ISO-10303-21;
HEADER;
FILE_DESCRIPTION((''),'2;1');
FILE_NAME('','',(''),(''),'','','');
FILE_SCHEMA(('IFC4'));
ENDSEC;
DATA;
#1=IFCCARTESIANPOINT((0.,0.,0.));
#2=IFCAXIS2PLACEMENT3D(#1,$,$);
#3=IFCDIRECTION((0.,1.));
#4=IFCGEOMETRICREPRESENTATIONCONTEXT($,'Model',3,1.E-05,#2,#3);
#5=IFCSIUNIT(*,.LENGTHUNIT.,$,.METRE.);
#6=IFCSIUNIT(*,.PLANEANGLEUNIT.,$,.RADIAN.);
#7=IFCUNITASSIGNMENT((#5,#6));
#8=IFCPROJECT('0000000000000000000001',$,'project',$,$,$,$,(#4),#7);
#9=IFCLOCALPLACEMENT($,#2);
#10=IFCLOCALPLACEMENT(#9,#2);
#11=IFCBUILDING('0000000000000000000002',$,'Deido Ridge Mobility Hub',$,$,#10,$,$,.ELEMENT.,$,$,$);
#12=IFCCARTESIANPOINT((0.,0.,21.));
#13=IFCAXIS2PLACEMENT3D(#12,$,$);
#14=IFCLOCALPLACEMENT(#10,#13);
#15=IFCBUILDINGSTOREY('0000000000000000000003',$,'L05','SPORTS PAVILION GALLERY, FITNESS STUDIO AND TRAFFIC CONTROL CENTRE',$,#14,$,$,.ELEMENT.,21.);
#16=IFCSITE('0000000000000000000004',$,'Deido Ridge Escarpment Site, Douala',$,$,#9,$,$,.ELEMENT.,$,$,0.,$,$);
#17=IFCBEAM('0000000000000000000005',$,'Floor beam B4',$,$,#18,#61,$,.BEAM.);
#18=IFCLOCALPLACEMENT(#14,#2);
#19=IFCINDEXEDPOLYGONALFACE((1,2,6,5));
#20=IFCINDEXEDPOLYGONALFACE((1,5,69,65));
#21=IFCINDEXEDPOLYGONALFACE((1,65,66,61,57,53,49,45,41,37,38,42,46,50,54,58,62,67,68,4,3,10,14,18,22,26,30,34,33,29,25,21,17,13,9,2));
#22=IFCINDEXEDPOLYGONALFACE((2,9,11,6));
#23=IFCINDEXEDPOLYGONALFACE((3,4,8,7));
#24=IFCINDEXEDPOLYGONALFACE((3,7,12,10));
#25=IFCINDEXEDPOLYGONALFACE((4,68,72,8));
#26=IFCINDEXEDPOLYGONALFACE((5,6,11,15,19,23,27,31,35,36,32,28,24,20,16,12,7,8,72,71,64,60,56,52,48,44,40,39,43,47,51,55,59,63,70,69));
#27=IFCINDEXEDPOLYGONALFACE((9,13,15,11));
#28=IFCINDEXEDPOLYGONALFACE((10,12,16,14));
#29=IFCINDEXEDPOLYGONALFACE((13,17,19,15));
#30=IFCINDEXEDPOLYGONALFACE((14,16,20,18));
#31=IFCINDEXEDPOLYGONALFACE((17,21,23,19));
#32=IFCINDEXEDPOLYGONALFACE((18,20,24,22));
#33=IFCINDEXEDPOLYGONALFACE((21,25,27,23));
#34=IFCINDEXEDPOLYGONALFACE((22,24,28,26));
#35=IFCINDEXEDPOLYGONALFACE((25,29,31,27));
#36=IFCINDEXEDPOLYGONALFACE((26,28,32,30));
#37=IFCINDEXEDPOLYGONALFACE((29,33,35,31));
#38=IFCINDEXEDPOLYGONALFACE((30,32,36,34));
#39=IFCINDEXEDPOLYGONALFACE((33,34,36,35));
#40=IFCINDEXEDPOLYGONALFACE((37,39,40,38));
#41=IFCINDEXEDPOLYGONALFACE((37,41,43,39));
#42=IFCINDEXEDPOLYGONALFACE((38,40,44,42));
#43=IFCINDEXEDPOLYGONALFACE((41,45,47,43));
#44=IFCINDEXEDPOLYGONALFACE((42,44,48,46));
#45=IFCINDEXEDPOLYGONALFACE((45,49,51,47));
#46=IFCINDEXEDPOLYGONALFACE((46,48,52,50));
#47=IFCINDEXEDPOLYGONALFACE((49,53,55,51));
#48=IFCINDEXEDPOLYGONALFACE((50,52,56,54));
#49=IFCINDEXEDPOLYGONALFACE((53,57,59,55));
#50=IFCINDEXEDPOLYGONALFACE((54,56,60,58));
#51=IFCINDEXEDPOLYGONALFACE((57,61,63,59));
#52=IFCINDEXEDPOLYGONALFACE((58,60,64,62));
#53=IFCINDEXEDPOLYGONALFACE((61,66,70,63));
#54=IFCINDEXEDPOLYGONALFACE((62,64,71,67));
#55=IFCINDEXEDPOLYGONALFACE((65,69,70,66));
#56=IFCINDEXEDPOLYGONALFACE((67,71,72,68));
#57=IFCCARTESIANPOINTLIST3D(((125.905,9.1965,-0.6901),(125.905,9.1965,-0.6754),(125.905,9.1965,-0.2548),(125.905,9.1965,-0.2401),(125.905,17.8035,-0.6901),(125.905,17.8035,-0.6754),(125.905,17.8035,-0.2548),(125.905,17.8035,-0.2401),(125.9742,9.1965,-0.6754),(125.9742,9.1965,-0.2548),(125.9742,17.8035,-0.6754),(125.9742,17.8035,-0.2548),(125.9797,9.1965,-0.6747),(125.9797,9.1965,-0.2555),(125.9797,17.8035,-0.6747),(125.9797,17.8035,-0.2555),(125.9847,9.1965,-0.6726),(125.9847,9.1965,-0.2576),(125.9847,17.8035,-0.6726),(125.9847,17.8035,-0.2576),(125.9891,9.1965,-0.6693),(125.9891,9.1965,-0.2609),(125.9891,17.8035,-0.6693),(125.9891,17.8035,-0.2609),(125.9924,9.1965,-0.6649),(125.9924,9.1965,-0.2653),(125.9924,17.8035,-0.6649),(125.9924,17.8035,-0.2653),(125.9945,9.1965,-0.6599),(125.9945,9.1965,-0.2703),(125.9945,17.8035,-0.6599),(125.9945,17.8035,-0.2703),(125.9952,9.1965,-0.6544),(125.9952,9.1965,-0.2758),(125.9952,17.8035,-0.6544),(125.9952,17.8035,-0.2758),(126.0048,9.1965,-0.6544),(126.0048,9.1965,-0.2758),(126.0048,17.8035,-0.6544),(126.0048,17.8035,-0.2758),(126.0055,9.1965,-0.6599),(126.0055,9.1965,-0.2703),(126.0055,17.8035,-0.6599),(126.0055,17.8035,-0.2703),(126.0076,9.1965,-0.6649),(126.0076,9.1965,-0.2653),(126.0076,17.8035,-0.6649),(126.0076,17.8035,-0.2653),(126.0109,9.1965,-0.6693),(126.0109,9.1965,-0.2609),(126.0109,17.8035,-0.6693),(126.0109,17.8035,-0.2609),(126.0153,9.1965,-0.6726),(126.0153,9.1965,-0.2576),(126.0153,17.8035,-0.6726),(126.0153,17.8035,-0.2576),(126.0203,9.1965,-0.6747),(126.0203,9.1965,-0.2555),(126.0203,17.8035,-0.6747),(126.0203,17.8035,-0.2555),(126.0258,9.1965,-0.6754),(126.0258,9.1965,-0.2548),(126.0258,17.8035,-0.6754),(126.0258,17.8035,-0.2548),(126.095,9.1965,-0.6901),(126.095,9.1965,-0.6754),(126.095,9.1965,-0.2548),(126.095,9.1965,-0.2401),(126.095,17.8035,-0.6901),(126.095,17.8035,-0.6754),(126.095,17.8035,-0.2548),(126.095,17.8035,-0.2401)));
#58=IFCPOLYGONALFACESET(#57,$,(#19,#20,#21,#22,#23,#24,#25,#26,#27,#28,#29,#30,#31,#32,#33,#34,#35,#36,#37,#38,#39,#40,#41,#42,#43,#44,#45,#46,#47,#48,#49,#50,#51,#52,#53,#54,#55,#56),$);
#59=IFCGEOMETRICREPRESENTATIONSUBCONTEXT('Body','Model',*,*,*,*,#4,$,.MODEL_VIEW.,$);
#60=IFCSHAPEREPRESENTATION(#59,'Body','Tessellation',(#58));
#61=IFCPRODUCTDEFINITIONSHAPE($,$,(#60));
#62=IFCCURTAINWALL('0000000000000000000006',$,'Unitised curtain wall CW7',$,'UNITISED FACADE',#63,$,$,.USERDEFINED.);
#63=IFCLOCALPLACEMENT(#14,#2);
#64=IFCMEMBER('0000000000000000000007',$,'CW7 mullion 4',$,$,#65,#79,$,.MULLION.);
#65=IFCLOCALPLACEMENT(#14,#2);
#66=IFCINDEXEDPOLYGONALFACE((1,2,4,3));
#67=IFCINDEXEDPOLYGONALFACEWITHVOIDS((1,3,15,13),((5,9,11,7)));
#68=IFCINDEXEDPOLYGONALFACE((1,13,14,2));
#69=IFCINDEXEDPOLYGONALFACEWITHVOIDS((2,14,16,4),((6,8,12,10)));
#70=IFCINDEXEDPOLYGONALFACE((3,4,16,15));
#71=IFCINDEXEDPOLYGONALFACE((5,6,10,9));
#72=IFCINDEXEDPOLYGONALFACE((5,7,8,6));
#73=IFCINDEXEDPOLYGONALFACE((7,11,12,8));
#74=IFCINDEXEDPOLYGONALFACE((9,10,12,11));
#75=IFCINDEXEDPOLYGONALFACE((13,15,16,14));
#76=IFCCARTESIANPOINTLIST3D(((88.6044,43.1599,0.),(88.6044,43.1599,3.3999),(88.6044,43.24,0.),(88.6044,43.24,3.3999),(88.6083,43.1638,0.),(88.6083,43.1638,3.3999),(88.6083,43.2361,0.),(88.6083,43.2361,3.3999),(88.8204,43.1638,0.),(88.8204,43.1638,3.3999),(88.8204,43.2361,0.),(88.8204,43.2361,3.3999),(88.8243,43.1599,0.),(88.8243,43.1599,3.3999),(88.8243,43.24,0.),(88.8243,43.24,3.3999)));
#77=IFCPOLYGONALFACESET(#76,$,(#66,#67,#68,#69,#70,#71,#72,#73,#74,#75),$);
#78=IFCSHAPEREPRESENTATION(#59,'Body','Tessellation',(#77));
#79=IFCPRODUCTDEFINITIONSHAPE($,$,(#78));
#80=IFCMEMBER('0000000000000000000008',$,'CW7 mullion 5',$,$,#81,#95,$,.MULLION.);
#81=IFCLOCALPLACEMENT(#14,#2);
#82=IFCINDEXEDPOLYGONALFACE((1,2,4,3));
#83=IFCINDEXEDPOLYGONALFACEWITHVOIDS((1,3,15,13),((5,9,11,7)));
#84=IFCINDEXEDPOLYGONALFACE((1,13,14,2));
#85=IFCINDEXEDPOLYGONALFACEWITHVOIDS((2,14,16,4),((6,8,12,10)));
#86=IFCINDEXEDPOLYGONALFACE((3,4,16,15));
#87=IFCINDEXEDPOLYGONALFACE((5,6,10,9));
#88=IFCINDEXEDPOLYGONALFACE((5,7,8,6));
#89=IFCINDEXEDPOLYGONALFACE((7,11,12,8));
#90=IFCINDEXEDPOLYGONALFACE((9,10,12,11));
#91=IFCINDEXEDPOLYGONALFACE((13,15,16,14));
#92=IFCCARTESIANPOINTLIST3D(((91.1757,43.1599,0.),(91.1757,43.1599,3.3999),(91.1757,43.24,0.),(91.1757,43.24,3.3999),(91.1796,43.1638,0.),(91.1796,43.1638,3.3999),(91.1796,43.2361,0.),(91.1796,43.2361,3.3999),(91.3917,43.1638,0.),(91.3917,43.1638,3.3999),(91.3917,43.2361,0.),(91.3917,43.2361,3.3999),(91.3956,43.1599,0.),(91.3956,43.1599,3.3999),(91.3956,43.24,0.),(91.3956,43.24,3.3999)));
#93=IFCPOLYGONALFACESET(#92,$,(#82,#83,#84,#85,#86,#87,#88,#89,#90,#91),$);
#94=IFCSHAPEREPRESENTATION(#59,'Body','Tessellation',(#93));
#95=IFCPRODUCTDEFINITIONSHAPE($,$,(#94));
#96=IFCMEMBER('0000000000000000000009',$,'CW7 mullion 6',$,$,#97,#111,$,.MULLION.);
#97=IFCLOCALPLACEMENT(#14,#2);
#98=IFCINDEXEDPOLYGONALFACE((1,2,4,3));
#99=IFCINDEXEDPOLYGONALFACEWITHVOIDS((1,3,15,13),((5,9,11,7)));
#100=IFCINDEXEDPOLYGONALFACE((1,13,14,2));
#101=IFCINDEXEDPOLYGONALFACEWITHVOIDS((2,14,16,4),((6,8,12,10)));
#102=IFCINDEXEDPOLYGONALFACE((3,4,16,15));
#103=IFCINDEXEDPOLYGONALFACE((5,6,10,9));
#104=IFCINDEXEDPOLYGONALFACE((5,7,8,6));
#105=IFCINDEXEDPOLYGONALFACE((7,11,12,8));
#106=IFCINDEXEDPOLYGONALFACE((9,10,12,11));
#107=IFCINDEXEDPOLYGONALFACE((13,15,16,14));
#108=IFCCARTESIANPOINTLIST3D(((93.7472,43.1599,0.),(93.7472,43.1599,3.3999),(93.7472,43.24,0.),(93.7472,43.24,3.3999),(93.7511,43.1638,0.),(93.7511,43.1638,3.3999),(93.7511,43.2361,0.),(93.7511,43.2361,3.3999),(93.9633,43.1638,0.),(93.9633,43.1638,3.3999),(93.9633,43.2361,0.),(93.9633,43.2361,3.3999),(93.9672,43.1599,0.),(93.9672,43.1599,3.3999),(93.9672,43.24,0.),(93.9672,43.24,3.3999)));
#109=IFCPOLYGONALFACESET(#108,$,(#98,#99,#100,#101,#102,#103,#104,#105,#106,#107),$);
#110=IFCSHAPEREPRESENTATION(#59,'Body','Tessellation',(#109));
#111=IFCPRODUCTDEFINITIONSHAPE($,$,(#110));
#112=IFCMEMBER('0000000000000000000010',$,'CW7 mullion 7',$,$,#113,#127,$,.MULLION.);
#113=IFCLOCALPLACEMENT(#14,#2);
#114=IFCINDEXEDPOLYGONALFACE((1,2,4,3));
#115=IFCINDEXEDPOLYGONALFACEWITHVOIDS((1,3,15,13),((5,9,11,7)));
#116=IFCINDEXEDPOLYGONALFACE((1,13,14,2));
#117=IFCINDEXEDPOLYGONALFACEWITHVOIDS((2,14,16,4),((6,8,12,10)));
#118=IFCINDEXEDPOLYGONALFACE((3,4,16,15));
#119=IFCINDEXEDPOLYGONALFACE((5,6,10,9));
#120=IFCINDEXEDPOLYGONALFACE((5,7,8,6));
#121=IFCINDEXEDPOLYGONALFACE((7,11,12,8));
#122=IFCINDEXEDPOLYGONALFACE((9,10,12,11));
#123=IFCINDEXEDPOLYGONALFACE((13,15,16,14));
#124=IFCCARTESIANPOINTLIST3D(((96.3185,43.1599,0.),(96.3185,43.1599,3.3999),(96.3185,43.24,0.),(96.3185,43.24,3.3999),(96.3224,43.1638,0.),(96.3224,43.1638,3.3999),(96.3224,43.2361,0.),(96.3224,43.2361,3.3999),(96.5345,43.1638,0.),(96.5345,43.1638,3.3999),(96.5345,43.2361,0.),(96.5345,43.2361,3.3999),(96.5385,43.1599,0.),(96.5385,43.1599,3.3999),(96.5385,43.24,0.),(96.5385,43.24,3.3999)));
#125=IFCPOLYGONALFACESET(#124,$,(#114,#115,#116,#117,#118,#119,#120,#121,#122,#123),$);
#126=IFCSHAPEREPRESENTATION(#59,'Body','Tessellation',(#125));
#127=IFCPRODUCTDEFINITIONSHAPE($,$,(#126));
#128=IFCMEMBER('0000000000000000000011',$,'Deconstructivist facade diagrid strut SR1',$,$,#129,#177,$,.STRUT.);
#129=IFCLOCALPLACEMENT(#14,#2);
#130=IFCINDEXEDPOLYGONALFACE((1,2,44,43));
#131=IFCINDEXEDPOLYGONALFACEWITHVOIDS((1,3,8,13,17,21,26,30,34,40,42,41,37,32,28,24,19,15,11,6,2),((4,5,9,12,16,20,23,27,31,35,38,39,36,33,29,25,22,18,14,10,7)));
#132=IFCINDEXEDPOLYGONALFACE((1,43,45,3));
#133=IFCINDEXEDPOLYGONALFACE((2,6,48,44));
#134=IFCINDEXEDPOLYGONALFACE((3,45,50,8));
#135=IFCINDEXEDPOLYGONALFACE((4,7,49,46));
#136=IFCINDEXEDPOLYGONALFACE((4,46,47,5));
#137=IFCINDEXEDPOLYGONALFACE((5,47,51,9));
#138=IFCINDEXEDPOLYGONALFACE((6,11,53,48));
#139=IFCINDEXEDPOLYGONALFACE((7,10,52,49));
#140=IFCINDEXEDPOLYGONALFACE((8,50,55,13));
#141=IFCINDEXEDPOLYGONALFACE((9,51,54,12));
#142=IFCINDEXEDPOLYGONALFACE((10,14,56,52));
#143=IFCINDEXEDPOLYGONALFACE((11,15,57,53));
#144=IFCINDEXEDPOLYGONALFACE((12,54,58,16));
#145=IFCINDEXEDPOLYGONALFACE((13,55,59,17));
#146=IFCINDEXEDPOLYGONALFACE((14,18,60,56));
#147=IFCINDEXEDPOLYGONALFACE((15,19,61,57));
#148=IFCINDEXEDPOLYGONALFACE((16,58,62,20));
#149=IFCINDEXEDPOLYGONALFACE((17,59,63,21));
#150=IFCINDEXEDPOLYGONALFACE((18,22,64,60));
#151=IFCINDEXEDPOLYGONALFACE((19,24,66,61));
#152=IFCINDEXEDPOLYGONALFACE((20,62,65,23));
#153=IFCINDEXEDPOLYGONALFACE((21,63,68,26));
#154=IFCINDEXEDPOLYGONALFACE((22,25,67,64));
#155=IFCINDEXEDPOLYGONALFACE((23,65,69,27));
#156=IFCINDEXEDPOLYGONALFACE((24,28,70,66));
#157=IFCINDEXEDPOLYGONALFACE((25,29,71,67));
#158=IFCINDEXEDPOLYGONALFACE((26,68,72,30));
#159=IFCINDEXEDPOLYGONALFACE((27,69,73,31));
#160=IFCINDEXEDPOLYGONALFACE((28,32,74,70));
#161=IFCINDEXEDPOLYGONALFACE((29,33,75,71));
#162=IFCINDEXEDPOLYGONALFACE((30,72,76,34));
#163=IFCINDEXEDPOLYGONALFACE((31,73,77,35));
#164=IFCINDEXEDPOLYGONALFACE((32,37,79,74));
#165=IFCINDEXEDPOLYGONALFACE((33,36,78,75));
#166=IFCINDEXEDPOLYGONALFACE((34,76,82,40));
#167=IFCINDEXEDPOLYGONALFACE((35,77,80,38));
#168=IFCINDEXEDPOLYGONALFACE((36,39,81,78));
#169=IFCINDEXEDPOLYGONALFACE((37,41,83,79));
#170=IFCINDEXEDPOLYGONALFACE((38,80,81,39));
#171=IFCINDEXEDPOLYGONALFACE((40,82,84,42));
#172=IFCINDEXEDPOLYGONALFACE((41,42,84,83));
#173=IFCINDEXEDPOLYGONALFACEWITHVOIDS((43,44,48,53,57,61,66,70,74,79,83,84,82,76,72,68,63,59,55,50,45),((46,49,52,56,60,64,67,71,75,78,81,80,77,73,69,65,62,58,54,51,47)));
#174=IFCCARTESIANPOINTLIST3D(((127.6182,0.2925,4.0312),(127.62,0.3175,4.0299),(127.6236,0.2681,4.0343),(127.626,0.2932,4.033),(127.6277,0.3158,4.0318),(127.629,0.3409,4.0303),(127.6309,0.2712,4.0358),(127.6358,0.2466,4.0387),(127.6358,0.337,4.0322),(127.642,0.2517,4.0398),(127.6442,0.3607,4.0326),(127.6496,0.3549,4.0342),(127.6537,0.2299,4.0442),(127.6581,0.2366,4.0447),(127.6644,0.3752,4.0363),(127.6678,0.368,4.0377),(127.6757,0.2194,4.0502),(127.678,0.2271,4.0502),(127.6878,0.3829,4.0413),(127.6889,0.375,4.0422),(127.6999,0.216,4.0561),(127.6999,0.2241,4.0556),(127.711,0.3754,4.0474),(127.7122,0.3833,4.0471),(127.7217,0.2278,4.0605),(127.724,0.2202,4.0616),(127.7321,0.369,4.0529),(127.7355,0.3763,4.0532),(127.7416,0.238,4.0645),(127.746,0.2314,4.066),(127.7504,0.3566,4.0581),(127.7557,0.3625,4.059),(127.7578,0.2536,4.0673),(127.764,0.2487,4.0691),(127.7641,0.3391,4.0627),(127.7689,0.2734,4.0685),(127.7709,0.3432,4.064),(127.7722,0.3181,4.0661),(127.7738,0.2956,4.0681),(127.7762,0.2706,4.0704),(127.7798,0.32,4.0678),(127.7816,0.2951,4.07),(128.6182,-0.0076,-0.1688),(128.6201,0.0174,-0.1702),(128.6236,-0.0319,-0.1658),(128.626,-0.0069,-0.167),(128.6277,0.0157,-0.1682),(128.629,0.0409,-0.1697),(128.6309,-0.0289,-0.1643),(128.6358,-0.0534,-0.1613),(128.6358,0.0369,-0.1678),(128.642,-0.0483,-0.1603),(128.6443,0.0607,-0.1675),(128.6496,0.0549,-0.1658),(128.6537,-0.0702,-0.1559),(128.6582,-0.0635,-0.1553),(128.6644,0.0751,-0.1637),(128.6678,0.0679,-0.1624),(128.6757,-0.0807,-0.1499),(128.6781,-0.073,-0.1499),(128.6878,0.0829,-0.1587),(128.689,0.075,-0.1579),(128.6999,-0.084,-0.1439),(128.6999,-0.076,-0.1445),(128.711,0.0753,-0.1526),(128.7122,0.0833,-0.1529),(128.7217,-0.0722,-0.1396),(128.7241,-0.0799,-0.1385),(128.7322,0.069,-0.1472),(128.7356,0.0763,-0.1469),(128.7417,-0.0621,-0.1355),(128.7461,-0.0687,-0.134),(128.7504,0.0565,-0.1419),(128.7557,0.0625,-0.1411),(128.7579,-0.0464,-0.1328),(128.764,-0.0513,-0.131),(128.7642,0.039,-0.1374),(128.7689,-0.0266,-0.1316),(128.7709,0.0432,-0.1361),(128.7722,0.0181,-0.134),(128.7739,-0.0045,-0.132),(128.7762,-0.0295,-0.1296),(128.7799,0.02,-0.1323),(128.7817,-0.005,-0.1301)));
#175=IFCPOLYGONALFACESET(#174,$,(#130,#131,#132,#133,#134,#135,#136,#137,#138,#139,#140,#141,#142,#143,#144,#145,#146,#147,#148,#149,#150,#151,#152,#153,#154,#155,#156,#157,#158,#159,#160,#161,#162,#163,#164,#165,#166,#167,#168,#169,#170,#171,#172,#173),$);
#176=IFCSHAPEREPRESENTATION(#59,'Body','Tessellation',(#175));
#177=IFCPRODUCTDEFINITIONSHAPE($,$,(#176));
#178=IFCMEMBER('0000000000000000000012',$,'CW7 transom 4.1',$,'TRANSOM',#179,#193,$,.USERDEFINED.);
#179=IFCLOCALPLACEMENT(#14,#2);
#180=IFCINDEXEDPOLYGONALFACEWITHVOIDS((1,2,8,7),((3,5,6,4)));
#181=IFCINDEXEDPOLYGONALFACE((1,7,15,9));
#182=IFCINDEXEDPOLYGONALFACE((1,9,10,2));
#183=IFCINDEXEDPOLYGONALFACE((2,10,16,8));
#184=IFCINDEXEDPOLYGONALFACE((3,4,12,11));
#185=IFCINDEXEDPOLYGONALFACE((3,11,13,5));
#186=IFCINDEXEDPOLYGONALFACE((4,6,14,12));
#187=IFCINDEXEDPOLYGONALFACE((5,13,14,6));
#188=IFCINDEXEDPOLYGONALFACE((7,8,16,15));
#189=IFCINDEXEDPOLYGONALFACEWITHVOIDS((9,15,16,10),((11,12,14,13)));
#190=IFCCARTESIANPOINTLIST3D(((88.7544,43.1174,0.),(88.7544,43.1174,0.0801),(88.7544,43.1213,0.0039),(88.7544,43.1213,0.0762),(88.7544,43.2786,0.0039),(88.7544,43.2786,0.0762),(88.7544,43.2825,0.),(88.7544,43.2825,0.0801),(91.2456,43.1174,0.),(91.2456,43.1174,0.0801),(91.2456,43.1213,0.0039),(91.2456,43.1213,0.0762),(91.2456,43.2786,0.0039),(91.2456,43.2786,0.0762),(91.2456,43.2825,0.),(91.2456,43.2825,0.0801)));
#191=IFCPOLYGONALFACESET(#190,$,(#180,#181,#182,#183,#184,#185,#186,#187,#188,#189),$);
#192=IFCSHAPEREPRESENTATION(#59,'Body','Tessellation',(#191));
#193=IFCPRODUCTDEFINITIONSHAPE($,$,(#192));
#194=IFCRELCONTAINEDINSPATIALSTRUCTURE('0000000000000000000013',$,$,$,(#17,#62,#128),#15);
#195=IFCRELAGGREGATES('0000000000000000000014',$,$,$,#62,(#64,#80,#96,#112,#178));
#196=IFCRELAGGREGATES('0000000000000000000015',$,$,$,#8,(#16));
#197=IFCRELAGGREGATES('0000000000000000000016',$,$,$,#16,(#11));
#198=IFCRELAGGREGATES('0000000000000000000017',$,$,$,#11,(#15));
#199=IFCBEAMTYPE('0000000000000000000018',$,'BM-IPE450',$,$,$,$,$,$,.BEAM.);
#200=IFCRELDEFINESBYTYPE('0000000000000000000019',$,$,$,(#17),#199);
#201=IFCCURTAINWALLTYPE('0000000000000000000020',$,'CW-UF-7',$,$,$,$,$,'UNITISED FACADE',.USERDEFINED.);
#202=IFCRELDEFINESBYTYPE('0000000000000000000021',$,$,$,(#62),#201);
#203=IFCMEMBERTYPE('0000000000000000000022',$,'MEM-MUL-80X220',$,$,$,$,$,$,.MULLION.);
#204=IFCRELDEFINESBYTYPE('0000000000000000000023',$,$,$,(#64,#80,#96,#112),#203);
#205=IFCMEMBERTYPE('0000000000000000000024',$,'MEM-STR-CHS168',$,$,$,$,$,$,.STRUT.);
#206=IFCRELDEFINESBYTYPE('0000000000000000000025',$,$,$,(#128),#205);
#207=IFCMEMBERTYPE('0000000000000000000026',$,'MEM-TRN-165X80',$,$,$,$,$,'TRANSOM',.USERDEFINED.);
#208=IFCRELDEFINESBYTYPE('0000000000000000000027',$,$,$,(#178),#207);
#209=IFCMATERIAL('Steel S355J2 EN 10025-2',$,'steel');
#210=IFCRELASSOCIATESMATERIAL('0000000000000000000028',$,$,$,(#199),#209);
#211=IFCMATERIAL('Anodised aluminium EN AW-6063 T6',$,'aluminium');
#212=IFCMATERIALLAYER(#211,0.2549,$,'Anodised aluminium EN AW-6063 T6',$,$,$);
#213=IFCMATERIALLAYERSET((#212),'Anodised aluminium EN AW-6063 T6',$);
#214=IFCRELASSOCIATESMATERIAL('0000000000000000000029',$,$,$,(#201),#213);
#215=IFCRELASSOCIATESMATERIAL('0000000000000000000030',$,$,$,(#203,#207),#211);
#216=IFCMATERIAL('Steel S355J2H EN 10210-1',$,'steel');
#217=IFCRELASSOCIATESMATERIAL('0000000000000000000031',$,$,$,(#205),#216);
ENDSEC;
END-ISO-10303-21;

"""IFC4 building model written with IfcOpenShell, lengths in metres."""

from ifc_helpers import new_model, si_unit, direction, frame, origin, origin_2d, place, context, subcontext, project, spatial, hollow_rectangle, hollow_circle, i_section, extrude, material, layer, layer_set, material_profile, profile_set, type_object, element, aggregate, save


model = new_model("IFC4")

# Units and contexts
model_context = context("Model", 3, precision=1e-05, world=origin(), true_north=direction((0.0, 1.0)))
body_context = subcontext(model_context, "Body", "Model", "MODEL_VIEW")
ifc_project = project(units=[si_unit("LENGTHUNIT", "METRE"), si_unit("PLANEANGLEUNIT", "RADIAN")], contexts=[model_context])

# Site, building, storey
site_placement = place(None, origin())
site = spatial("IfcSite", under=ifc_project, at=site_placement, Name="Deido Ridge Escarpment Site, Douala", CompositionType="ELEMENT", RefElevation=0.0)
building_placement = place(site_placement, origin())
building = spatial("IfcBuilding", under=site, at=building_placement, Name="Deido Ridge Mobility Hub", CompositionType="ELEMENT")
storey_placement = place(building_placement, frame((0.0, 0.0, 21.0)))
storey = spatial("IfcBuildingStorey", under=building, at=storey_placement, Name="L05", Description="SPORTS PAVILION GALLERY, FITNESS STUDIO AND TRAFFIC CONTROL CENTRE", CompositionType="ELEMENT", Elevation=21.0)

# Shared definitions
ifc_material_1 = material(Name="Steel S355J2 EN 10025-2", Category="steel")

# Beam
ifc_material_profile_1 = material_profile(ifc_material_1, i_section(OverallWidth=0.1899, OverallDepth=0.45, WebThickness=0.0095, FlangeThickness=0.0146, FilletRadius=0.021, at=origin_2d()), Name="IPE 450")
ifc_profile_set_1 = profile_set([ifc_material_profile_1], Name="Steel S355J2 EN 10025-2")
beam_type_1 = type_object("IfcBeamType", Name="BM-IPE450", PredefinedType="BEAM", material=ifc_profile_set_1)
for number, where, z_axis, x_axis, name in (
    (1, (126.0, 9.1965, -0.4651), (0.0, 1.0, 0.0), (-1.0, 0.0, 0.0), "Floor beam B4"),
):
    element("IfcBeam", number, at=place(storey_placement, frame(where, z_axis=z_axis, x_axis=x_axis)), inside=storey, type_object=beam_type_1, Name=name, PredefinedType="BEAM", context=body_context, shape_type="SweptSolid", body=[
        extrude(i_section(OverallWidth=0.1899, OverallDepth=0.45, WebThickness=0.0095, FlangeThickness=0.0146, FilletRadius=0.021, at=origin_2d()), origin(), (0.0, 0.0, 1.0), 8.6069),
    ])

# Curtain wall, members
ifc_material_2 = material(Name="Anodised aluminium EN AW-6063 T6", Category="aluminium")
ifc_layer_1 = layer(ifc_material_2, 0.2549, Name="Anodised aluminium EN AW-6063 T6")
ifc_layer_set_1 = layer_set([ifc_layer_1], Name="Anodised aluminium EN AW-6063 T6")
curtain_wall_type = type_object("IfcCurtainWallType", Name="CW-UF-7", ElementType="UNITISED FACADE", PredefinedType="USERDEFINED", material=ifc_layer_set_1)
curtain_wall_placement = place(storey_placement, origin())
curtain_wall = element("IfcCurtainWall", 2, at=curtain_wall_placement, inside=storey, type_object=curtain_wall_type, Name="Unitised curtain wall CW7", ObjectType="UNITISED FACADE", PredefinedType="USERDEFINED")
ifc_material_profile_2 = material_profile(ifc_material_2, hollow_rectangle(XDim=0.0801, YDim=0.22, WallThickness=0.0039, at=origin_2d()), Name="RHS 80x220x4")
ifc_profile_set_2 = profile_set([ifc_material_profile_2], Name="Anodised aluminium EN AW-6063 T6")
member_type_1 = type_object("IfcMemberType", Name="MEM-MUL-80X220", PredefinedType="MULLION", material=ifc_profile_set_2)
member_1_placement = place(storey_placement, frame((88.7144, 43.2, 0.0), z_axis=(0.0, 0.0, 1.0), x_axis=(0.0, 1.0, 0.0)))
member_1 = element("IfcMember", 3, at=member_1_placement, type_object=member_type_1, Name="CW7 mullion 4", PredefinedType="MULLION", context=body_context, shape_type="SweptSolid", body=[
    extrude(hollow_rectangle(XDim=0.0801, YDim=0.22, WallThickness=0.0039, at=origin_2d()), origin(), (0.0, 0.0, 1.0), 3.3999),
])
member_2_placement = place(storey_placement, frame((91.2856, 43.2, 0.0), z_axis=(0.0, 0.0, 1.0), x_axis=(0.0, 1.0, 0.0)))
member_2 = element("IfcMember", 4, at=member_2_placement, type_object=member_type_1, Name="CW7 mullion 5", PredefinedType="MULLION", context=body_context, shape_type="SweptSolid", body=[
    extrude(hollow_rectangle(XDim=0.0801, YDim=0.22, WallThickness=0.0039, at=origin_2d()), origin(), (0.0, 0.0, 1.0), 3.3999),
])
member_3_placement = place(storey_placement, frame((93.8572, 43.2, 0.0), z_axis=(0.0, 0.0, 1.0), x_axis=(0.0, 1.0, 0.0)))
member_3 = element("IfcMember", 5, at=member_3_placement, type_object=member_type_1, Name="CW7 mullion 6", PredefinedType="MULLION", context=body_context, shape_type="SweptSolid", body=[
    extrude(hollow_rectangle(XDim=0.0801, YDim=0.22, WallThickness=0.0039, at=origin_2d()), origin(), (0.0, 0.0, 1.0), 3.3999),
])
member_4_placement = place(storey_placement, frame((96.4285, 43.2, 0.0), z_axis=(0.0, 0.0, 1.0), x_axis=(0.0, 1.0, 0.0)))
member_4 = element("IfcMember", 6, at=member_4_placement, type_object=member_type_1, Name="CW7 mullion 7", PredefinedType="MULLION", context=body_context, shape_type="SweptSolid", body=[
    extrude(hollow_rectangle(XDim=0.0801, YDim=0.22, WallThickness=0.0039, at=origin_2d()), origin(), (0.0, 0.0, 1.0), 3.3999),
])

# Members
ifc_material_3 = material(Name="Steel S355J2H EN 10210-1", Category="steel")
ifc_material_profile_3 = material_profile(ifc_material_3, hollow_circle(Radius=0.0842, WallThickness=0.0081, at=origin_2d()), Name="CHS 168.3x8")
ifc_profile_set_3 = profile_set([ifc_material_profile_3], Name="Steel S355J2H EN 10210-1")
member_type_2 = type_object("IfcMemberType", Name="MEM-STR-CHS168", PredefinedType="STRUT", material=ifc_profile_set_3)
member_5_placement = place(storey_placement, frame((128.7, 0.0, -0.1499), z_axis=(-0.231066, 0.069331, 0.970465), x_axis=(-0.287391, -0.957813, 0.0)))
element("IfcMember", 7, at=member_5_placement, inside=storey, type_object=member_type_2, Name="Deconstructivist facade diagrid strut SR1", PredefinedType="STRUT", context=body_context, shape_type="SweptSolid", body=[
    extrude(hollow_circle(Radius=0.0842, WallThickness=0.0081, at=origin_2d()), origin(), (0.0, 0.0, 1.0), 4.3279),
])
ifc_material_profile_4 = material_profile(ifc_material_2, hollow_rectangle(XDim=0.165, YDim=0.0801, WallThickness=0.0039, at=origin_2d()), Name="RHS 165x80x4")
ifc_profile_set_4 = profile_set([ifc_material_profile_4], Name="Anodised aluminium EN AW-6063 T6")
member_type_3 = type_object("IfcMemberType", Name="MEM-TRN-165X80", ElementType="TRANSOM", PredefinedType="USERDEFINED", material=ifc_profile_set_4)
member_6_placement = place(storey_placement, frame((88.7544, 43.2, 0.04), z_axis=(1.0, 0.0, 0.0), x_axis=(0.0, 1.0, 0.0)))
member_6 = element("IfcMember", 8, at=member_6_placement, type_object=member_type_3, Name="CW7 transom 4.1", ObjectType="TRANSOM", PredefinedType="USERDEFINED", context=body_context, shape_type="SweptSolid", body=[
    extrude(hollow_rectangle(XDim=0.165, YDim=0.0801, WallThickness=0.0039, at=origin_2d()), origin(), (0.0, 0.0, 1.0), 2.4912),
])

aggregate(curtain_wall, [member_1, member_2, member_3, member_4, member_6])

save(model, "model.ifc")
